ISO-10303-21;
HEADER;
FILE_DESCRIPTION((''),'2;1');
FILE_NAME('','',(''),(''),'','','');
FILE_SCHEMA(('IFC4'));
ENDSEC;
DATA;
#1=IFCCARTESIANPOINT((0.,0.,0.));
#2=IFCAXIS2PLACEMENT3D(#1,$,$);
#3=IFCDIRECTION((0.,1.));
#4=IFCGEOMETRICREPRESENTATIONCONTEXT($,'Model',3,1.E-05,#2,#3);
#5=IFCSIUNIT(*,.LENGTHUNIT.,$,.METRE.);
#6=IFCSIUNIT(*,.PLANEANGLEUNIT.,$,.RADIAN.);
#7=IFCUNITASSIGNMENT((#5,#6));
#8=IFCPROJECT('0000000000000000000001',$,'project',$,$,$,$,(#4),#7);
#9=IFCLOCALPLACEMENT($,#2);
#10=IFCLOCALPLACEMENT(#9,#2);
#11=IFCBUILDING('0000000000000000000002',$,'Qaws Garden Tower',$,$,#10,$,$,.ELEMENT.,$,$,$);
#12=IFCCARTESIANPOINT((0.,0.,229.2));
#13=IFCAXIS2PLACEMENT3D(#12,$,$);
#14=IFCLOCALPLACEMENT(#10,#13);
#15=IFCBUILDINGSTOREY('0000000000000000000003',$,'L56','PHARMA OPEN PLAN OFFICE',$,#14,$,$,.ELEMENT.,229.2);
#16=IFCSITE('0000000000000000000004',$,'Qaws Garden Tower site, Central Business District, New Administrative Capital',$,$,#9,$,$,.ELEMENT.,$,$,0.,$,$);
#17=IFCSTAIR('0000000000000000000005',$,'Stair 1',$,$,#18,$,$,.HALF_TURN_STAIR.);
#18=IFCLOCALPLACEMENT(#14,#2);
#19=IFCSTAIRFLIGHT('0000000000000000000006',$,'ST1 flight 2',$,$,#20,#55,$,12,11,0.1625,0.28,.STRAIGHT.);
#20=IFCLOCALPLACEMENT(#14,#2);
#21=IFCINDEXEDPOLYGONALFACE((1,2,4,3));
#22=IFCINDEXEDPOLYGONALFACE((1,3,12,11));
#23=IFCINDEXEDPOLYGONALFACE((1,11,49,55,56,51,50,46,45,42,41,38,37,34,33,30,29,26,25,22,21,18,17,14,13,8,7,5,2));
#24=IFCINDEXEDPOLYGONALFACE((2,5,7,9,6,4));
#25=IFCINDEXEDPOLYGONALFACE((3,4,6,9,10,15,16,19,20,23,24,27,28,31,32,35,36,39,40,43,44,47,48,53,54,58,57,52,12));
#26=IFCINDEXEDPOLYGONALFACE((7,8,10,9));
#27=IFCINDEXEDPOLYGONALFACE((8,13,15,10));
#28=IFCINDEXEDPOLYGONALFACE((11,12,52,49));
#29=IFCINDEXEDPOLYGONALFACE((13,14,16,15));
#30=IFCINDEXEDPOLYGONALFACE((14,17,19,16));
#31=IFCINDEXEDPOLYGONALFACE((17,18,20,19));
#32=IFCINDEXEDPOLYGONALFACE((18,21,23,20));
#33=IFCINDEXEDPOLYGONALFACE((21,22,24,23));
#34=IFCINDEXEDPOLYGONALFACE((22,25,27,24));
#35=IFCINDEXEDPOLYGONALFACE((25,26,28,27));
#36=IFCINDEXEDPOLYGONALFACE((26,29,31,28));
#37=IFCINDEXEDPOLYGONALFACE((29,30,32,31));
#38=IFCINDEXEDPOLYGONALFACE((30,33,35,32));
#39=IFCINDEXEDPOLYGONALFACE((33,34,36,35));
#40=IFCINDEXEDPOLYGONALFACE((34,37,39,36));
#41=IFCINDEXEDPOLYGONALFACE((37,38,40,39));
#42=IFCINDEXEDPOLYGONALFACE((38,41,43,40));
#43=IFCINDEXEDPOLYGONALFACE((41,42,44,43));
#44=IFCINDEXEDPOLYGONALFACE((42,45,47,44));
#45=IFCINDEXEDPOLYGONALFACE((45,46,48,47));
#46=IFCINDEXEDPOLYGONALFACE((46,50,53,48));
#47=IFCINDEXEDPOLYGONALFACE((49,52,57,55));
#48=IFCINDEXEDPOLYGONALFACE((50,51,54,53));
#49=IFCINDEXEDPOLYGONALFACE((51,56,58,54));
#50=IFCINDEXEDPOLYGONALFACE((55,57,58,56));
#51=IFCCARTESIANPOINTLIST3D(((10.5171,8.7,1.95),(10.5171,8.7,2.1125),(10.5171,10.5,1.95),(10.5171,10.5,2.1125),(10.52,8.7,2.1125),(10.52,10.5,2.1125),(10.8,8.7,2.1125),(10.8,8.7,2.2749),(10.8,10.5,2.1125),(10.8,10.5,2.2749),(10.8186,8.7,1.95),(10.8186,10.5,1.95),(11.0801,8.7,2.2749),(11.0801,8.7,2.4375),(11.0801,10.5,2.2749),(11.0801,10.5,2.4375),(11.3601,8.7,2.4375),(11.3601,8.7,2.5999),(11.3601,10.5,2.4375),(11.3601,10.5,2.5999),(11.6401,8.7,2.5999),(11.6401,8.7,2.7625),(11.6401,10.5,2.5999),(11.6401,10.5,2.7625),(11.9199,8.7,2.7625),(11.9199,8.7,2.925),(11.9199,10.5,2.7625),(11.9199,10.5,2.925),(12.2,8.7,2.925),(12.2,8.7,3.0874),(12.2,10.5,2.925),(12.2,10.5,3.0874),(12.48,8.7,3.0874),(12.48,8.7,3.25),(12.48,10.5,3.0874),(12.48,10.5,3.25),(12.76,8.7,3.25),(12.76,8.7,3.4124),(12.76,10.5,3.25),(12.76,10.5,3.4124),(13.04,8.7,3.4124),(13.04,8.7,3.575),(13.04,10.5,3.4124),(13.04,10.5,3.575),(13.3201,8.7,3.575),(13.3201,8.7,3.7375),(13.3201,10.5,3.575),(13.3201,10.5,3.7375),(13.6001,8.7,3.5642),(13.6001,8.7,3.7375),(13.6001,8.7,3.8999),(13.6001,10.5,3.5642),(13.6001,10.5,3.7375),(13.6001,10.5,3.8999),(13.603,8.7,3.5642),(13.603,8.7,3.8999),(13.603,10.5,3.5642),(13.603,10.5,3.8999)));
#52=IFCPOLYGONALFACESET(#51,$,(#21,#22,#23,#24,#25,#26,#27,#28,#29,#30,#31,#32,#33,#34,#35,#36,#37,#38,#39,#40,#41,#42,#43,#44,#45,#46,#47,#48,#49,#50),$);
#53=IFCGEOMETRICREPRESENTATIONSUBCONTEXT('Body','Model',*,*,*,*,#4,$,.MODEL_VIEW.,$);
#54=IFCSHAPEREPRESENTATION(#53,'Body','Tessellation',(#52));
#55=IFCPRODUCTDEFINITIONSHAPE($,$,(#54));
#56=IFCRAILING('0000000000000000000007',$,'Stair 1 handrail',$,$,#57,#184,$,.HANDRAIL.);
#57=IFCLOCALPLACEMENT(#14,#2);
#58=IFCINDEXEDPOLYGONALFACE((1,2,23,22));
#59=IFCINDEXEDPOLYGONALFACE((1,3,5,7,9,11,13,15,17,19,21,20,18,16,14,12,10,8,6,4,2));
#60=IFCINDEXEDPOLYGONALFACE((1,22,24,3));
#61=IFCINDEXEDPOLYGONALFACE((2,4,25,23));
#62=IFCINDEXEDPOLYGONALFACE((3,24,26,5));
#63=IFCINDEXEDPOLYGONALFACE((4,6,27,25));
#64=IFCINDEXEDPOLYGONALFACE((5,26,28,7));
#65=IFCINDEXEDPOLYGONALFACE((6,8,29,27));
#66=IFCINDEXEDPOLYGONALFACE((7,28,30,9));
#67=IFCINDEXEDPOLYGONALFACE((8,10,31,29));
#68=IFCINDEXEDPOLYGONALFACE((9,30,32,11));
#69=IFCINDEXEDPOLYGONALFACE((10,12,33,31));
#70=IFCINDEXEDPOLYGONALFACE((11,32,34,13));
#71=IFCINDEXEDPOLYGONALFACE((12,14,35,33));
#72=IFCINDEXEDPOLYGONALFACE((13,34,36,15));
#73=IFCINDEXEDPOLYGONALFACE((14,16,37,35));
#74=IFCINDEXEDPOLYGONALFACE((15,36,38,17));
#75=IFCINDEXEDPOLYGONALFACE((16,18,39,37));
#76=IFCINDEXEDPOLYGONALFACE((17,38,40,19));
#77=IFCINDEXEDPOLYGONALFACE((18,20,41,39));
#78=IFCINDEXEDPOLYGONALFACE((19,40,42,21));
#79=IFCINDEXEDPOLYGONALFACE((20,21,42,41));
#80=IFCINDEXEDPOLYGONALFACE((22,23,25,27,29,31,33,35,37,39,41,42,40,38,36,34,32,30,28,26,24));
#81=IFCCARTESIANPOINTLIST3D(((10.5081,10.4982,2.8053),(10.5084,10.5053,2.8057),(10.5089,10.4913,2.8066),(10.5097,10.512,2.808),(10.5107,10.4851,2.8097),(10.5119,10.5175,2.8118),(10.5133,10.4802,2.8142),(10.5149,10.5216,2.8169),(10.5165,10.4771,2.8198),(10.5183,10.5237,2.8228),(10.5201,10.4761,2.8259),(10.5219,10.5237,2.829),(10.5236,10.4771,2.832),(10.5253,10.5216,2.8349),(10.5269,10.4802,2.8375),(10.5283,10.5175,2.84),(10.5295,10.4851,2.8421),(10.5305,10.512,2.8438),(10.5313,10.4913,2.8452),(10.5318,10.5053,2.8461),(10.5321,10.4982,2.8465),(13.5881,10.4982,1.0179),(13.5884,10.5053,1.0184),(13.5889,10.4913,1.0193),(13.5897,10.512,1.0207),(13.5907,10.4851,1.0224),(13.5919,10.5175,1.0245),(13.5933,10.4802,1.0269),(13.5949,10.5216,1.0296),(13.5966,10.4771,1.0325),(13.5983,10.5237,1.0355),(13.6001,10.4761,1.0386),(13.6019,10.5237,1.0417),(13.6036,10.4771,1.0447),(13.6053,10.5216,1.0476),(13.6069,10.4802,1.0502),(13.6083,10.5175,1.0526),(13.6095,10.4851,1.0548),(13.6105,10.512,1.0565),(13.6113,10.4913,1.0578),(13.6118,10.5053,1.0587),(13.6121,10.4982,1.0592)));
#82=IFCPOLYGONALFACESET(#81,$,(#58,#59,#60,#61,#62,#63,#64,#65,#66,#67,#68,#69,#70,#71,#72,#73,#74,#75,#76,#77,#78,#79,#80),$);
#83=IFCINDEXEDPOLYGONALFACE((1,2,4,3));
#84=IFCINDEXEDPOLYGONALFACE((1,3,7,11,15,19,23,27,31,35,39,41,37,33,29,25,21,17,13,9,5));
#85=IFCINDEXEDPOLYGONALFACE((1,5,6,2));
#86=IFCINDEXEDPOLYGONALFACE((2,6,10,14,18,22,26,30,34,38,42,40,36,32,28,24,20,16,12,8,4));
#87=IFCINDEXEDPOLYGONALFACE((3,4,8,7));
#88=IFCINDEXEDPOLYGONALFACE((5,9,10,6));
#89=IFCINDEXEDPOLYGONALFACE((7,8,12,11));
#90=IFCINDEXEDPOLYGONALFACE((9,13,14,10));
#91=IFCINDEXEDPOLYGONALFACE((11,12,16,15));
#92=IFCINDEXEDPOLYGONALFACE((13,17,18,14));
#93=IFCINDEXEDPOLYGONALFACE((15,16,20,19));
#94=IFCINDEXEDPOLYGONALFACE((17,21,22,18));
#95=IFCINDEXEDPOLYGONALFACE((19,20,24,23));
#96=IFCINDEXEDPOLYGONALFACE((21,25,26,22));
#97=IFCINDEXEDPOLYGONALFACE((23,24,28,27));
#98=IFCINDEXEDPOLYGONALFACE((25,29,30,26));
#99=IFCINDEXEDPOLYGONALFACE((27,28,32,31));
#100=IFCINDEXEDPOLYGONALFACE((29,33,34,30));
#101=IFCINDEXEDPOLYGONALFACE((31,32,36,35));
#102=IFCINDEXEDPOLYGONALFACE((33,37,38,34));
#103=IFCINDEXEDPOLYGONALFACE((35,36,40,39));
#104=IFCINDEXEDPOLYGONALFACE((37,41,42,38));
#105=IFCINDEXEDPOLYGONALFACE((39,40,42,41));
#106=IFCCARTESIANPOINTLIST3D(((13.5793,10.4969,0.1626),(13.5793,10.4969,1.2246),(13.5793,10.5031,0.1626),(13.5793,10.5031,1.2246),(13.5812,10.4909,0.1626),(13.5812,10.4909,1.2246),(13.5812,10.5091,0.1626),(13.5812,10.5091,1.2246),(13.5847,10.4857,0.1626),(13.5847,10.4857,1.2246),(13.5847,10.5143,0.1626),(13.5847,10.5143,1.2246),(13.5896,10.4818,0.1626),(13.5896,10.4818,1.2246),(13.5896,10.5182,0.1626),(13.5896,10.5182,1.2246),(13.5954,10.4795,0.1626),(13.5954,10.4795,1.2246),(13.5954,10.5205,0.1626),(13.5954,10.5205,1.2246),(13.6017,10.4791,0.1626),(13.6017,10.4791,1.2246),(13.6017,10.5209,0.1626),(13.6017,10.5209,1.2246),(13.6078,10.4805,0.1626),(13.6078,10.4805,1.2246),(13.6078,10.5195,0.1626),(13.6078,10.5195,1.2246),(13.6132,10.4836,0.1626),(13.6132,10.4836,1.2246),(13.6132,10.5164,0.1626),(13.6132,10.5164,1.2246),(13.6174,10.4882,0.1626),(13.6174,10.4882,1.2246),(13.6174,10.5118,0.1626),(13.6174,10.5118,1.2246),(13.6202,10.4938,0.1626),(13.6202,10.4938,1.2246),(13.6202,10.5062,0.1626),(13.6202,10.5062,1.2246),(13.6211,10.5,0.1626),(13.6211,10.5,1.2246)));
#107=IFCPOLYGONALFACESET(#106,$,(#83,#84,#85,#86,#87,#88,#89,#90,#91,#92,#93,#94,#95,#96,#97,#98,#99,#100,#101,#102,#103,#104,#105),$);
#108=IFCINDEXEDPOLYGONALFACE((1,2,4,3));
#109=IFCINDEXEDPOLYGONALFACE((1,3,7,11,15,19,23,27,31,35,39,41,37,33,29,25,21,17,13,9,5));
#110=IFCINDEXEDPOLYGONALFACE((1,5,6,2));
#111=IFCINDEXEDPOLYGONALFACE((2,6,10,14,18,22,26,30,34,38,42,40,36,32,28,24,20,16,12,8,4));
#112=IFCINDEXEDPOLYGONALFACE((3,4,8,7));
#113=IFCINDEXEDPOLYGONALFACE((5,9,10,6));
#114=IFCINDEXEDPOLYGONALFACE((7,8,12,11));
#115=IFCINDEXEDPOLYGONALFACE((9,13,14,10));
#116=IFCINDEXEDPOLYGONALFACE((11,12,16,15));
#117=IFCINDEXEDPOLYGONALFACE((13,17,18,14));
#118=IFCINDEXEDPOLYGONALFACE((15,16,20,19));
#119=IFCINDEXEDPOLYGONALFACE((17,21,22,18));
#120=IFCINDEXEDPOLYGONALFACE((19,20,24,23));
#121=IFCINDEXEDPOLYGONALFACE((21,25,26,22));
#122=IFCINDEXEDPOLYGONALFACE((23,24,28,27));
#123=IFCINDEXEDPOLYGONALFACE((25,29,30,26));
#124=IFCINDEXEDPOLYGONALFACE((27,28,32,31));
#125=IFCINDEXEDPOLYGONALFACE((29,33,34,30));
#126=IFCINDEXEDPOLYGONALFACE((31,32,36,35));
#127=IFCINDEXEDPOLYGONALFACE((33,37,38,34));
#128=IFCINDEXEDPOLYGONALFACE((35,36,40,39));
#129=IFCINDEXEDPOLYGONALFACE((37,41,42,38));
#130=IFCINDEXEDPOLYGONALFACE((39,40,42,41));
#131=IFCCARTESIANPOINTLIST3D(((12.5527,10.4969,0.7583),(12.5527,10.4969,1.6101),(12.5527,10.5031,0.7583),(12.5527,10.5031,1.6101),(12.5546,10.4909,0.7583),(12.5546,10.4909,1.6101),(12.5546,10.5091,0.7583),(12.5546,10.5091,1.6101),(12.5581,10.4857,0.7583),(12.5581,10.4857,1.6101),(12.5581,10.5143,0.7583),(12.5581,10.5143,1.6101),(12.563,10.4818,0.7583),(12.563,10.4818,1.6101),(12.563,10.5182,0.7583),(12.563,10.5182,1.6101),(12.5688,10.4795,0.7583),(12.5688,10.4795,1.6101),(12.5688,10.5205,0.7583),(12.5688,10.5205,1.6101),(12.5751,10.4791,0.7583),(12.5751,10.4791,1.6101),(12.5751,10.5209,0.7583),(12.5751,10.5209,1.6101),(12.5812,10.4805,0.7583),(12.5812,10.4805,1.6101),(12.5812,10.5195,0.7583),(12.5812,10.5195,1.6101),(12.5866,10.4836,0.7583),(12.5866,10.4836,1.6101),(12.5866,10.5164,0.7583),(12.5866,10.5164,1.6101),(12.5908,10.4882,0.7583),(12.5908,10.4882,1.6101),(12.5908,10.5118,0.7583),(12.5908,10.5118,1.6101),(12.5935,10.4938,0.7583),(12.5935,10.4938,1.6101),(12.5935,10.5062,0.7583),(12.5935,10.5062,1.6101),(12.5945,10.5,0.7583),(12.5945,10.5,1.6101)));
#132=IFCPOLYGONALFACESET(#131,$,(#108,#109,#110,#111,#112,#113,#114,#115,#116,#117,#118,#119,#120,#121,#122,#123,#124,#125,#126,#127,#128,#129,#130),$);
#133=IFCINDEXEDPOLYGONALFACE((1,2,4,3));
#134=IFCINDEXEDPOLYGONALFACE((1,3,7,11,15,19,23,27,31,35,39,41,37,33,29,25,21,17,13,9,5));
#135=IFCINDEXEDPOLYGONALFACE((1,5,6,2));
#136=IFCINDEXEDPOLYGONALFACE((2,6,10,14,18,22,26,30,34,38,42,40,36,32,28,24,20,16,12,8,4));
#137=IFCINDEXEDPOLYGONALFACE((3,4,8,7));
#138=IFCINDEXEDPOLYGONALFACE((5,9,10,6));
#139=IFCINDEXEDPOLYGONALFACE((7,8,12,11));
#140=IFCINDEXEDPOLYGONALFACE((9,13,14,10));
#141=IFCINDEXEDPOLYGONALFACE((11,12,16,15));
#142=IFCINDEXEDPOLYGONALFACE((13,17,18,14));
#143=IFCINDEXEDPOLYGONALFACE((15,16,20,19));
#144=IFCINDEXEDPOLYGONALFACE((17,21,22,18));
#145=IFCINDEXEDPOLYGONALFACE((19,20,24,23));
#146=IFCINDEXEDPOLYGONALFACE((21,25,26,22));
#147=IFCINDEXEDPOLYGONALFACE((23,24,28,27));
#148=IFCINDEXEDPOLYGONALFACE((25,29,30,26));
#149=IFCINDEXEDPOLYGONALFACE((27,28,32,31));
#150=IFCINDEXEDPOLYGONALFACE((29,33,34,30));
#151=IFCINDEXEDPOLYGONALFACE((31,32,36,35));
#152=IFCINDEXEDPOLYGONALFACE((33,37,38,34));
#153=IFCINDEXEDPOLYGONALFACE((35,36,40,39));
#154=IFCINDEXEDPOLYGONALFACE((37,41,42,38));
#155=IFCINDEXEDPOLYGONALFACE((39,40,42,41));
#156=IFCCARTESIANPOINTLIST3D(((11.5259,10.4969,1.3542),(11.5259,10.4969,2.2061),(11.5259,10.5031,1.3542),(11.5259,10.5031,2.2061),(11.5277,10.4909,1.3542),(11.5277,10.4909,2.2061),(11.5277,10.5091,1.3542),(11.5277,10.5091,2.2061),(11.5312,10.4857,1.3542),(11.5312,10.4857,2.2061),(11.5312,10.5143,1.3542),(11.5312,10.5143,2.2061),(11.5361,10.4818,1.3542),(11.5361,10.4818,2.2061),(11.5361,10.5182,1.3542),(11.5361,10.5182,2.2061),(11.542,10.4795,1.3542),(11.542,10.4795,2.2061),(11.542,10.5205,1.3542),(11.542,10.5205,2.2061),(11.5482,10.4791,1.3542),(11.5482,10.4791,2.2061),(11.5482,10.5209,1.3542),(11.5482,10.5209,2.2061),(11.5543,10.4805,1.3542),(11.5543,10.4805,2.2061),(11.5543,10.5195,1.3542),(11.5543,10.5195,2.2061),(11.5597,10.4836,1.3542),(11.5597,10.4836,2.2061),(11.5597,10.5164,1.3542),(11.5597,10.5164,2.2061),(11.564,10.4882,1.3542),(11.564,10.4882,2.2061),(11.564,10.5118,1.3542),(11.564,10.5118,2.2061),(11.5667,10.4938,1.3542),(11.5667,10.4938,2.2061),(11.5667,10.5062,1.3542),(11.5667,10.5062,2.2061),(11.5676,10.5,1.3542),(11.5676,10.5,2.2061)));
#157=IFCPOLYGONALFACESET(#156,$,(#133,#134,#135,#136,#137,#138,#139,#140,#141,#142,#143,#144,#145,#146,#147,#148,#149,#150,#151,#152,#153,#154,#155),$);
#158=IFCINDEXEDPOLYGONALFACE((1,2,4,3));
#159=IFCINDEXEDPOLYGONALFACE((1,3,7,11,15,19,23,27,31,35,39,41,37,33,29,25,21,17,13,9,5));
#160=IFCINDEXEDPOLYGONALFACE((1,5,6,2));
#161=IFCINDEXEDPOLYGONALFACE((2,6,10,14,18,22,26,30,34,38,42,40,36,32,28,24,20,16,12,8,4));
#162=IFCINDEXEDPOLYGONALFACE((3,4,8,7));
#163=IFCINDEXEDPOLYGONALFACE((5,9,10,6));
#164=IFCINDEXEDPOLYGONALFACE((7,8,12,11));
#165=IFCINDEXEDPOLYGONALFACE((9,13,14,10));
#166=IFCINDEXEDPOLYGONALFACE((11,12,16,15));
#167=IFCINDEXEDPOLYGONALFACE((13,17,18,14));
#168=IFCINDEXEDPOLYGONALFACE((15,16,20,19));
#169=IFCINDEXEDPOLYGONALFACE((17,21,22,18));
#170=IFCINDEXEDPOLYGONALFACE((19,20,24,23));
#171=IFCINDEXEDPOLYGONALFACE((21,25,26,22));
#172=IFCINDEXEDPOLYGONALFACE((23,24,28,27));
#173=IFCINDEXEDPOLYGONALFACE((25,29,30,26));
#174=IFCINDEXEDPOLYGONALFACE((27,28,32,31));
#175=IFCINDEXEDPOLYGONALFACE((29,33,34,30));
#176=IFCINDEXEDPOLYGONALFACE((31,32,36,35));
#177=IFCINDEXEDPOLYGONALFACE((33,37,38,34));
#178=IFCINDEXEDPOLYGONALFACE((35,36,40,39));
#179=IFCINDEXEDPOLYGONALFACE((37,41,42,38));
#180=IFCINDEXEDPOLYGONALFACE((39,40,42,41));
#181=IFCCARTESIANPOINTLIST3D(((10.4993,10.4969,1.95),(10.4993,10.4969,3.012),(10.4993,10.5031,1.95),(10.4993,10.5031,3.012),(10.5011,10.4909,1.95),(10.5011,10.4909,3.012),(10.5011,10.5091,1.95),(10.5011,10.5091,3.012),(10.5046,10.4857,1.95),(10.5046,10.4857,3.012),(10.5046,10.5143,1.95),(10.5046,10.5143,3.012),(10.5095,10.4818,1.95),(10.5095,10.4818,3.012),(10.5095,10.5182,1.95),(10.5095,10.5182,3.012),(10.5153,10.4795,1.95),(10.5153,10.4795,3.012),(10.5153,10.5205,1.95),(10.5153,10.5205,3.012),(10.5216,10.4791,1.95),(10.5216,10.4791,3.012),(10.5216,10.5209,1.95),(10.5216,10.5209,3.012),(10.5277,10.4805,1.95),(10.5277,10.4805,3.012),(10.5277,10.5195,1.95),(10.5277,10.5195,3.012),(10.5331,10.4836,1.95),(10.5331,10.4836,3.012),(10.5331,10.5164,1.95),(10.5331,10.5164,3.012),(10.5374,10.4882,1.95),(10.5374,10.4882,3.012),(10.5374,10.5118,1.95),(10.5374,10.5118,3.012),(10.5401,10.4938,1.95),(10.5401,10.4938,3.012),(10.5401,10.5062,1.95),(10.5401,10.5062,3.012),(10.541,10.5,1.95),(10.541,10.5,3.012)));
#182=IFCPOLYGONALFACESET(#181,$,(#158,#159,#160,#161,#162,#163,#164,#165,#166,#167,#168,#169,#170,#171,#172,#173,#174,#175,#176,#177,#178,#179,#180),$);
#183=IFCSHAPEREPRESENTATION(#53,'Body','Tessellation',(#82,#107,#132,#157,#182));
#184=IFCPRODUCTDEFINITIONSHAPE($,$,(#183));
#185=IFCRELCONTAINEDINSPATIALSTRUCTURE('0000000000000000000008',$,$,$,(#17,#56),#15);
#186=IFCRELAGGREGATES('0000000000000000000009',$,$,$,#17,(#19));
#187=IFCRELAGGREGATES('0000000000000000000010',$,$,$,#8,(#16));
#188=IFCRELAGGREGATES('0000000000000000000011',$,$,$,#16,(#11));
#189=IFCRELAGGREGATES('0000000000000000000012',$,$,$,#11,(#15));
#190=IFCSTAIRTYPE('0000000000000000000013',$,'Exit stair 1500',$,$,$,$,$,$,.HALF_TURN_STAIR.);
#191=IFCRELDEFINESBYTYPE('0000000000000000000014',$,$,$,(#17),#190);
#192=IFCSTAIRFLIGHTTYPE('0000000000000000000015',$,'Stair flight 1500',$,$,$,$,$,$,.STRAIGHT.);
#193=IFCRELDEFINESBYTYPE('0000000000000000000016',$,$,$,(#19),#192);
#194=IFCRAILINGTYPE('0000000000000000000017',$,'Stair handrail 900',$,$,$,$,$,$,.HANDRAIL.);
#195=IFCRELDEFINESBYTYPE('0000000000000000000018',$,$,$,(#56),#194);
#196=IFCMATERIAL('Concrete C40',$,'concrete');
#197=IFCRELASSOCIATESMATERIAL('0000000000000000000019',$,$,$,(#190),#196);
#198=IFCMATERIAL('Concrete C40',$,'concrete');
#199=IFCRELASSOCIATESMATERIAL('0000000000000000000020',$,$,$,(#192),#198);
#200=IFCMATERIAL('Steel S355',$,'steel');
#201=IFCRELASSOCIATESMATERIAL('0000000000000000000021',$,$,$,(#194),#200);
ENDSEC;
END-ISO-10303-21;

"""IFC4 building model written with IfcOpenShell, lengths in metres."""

from ifc_helpers import new_model, si_unit, direction, frame, origin, origin_2d, place, context, subcontext, project, spatial, polyline, circle, outline, extrude, material, type_object, element, aggregate, save


model = new_model("IFC4")

# Units and contexts
model_context = context("Model", 3, precision=1e-05, world=origin(), true_north=direction((0.0, 1.0)))
body_context = subcontext(model_context, "Body", "Model", "MODEL_VIEW")
ifc_project = project(units=[si_unit("LENGTHUNIT", "METRE"), si_unit("PLANEANGLEUNIT", "RADIAN")], contexts=[model_context])

# Site, building, storey
site_placement = place(None, origin())
site = spatial("IfcSite", under=ifc_project, at=site_placement, Name="Qaws Garden Tower site, Central Business District, New Administrative Capital", CompositionType="ELEMENT", RefElevation=0.0)
building_placement = place(site_placement, origin())
building = spatial("IfcBuilding", under=site, at=building_placement, Name="Qaws Garden Tower", CompositionType="ELEMENT")
storey_placement = place(building_placement, frame((0.0, 0.0, 229.2)))
storey = spatial("IfcBuildingStorey", under=building, at=storey_placement, Name="L56", Description="PHARMA OPEN PLAN OFFICE", CompositionType="ELEMENT", Elevation=229.2)

# Stair, stair flight
ifc_material_1 = material(Name="Concrete C40", Category="concrete")
stair_type = type_object("IfcStairType", Name="Exit stair 1500", PredefinedType="HALF_TURN_STAIR", material=ifc_material_1)
stair_placement = place(storey_placement, origin())
stair = element("IfcStair", 1, at=stair_placement, inside=storey, type_object=stair_type, Name="Stair 1", PredefinedType="HALF_TURN_STAIR")
ifc_material_2 = material(Name="Concrete C40", Category="concrete")
stair_flight_type = type_object("IfcStairFlightType", Name="Stair flight 1500", PredefinedType="STRAIGHT", material=ifc_material_2)
stair_flight_1_placement = place(storey_placement, frame((10.52, 9.6001, 1.95), z_axis=(0.0, 0.0, 1.0), x_axis=(1.0, 0.0, 0.0)))
stair_flight_1 = element("IfcStairFlight", 2, at=stair_flight_1_placement, type_object=stair_flight_type, Name="ST1 flight 2", NumberOfRisers=12, NumberOfTreads=11, PredefinedType="STRAIGHT", RiserHeight=0.1625, TreadLength=0.28, context=body_context, shape_type="SweptSolid", body=[
    extrude(outline(polyline([(-0.0029, 0.0), (-0.0029, 0.1626), (0.0, 0.1626), (0.28, 0.1626), (0.28, 0.325), (0.5601, 0.325), (0.5601, 0.4875), (0.8401, 0.4875), (0.8401, 0.6499), (1.1201, 0.6499), (1.1201, 0.8125), (1.3999, 0.8125), (1.3999, 0.9751), (1.6799, 0.9751), (1.6799, 1.1375), (1.96, 1.1375), (1.96, 1.3), (2.24, 1.3), (2.24, 1.4624), (2.52, 1.4624), (2.52, 1.625), (2.8, 1.625), (2.8, 1.7876), (3.0801, 1.7876), (3.0801, 1.95), (3.083, 1.95), (3.083, 1.6143), (3.0801, 1.6143), (0.2986, 0.0), (-0.0029, 0.0)])), frame((0.0, 0.8999, 0.0), z_axis=(0.0, -1.0, 0.0), x_axis=(1.0, 0.0, 0.0)), (0.0, 0.0, 1.0), 1.8),
])
aggregate(stair, [stair_flight_1])

# Railing
ifc_material_3 = material(Name="Steel S355", Category="steel")
railing_type = type_object("IfcRailingType", Name="Stair handrail 900", PredefinedType="HANDRAIL", material=ifc_material_3)
railing_1_placement = place(storey_placement, frame((13.6001, 10.5, 0.1626)))
element("IfcRailing", 3, at=railing_1_placement, inside=storey, type_object=railing_type, Name="Stair 1 handrail", PredefinedType="HANDRAIL", context=body_context, shape_type="SweptSolid", body=[
    extrude(circle(Radius=0.0239, at=origin_2d()), frame((0.0, 0.0, 0.876), z_axis=(-0.86492, 0.0, 0.501909), x_axis=(0.0, -1.0, 0.0)), (0.0, 0.0, 1.0), 3.561),
    extrude(circle(Radius=0.021, at=origin_2d()), origin(), (0.0, 0.0, 1.0), 1.062),
    extrude(circle(Radius=0.021, at=origin_2d()), frame((-1.0266, 0.0, 0.5957)), (0.0, 0.0, 1.0), 0.8518),
    extrude(circle(Radius=0.021, at=origin_2d()), frame((-2.0535, 0.0, 1.1917)), (0.0, 0.0, 1.0), 0.8518),
    extrude(circle(Radius=0.021, at=origin_2d()), frame((-3.0801, 0.0, 1.7874)), (0.0, 0.0, 1.0), 1.062),
])

save(model, "model.ifc")
